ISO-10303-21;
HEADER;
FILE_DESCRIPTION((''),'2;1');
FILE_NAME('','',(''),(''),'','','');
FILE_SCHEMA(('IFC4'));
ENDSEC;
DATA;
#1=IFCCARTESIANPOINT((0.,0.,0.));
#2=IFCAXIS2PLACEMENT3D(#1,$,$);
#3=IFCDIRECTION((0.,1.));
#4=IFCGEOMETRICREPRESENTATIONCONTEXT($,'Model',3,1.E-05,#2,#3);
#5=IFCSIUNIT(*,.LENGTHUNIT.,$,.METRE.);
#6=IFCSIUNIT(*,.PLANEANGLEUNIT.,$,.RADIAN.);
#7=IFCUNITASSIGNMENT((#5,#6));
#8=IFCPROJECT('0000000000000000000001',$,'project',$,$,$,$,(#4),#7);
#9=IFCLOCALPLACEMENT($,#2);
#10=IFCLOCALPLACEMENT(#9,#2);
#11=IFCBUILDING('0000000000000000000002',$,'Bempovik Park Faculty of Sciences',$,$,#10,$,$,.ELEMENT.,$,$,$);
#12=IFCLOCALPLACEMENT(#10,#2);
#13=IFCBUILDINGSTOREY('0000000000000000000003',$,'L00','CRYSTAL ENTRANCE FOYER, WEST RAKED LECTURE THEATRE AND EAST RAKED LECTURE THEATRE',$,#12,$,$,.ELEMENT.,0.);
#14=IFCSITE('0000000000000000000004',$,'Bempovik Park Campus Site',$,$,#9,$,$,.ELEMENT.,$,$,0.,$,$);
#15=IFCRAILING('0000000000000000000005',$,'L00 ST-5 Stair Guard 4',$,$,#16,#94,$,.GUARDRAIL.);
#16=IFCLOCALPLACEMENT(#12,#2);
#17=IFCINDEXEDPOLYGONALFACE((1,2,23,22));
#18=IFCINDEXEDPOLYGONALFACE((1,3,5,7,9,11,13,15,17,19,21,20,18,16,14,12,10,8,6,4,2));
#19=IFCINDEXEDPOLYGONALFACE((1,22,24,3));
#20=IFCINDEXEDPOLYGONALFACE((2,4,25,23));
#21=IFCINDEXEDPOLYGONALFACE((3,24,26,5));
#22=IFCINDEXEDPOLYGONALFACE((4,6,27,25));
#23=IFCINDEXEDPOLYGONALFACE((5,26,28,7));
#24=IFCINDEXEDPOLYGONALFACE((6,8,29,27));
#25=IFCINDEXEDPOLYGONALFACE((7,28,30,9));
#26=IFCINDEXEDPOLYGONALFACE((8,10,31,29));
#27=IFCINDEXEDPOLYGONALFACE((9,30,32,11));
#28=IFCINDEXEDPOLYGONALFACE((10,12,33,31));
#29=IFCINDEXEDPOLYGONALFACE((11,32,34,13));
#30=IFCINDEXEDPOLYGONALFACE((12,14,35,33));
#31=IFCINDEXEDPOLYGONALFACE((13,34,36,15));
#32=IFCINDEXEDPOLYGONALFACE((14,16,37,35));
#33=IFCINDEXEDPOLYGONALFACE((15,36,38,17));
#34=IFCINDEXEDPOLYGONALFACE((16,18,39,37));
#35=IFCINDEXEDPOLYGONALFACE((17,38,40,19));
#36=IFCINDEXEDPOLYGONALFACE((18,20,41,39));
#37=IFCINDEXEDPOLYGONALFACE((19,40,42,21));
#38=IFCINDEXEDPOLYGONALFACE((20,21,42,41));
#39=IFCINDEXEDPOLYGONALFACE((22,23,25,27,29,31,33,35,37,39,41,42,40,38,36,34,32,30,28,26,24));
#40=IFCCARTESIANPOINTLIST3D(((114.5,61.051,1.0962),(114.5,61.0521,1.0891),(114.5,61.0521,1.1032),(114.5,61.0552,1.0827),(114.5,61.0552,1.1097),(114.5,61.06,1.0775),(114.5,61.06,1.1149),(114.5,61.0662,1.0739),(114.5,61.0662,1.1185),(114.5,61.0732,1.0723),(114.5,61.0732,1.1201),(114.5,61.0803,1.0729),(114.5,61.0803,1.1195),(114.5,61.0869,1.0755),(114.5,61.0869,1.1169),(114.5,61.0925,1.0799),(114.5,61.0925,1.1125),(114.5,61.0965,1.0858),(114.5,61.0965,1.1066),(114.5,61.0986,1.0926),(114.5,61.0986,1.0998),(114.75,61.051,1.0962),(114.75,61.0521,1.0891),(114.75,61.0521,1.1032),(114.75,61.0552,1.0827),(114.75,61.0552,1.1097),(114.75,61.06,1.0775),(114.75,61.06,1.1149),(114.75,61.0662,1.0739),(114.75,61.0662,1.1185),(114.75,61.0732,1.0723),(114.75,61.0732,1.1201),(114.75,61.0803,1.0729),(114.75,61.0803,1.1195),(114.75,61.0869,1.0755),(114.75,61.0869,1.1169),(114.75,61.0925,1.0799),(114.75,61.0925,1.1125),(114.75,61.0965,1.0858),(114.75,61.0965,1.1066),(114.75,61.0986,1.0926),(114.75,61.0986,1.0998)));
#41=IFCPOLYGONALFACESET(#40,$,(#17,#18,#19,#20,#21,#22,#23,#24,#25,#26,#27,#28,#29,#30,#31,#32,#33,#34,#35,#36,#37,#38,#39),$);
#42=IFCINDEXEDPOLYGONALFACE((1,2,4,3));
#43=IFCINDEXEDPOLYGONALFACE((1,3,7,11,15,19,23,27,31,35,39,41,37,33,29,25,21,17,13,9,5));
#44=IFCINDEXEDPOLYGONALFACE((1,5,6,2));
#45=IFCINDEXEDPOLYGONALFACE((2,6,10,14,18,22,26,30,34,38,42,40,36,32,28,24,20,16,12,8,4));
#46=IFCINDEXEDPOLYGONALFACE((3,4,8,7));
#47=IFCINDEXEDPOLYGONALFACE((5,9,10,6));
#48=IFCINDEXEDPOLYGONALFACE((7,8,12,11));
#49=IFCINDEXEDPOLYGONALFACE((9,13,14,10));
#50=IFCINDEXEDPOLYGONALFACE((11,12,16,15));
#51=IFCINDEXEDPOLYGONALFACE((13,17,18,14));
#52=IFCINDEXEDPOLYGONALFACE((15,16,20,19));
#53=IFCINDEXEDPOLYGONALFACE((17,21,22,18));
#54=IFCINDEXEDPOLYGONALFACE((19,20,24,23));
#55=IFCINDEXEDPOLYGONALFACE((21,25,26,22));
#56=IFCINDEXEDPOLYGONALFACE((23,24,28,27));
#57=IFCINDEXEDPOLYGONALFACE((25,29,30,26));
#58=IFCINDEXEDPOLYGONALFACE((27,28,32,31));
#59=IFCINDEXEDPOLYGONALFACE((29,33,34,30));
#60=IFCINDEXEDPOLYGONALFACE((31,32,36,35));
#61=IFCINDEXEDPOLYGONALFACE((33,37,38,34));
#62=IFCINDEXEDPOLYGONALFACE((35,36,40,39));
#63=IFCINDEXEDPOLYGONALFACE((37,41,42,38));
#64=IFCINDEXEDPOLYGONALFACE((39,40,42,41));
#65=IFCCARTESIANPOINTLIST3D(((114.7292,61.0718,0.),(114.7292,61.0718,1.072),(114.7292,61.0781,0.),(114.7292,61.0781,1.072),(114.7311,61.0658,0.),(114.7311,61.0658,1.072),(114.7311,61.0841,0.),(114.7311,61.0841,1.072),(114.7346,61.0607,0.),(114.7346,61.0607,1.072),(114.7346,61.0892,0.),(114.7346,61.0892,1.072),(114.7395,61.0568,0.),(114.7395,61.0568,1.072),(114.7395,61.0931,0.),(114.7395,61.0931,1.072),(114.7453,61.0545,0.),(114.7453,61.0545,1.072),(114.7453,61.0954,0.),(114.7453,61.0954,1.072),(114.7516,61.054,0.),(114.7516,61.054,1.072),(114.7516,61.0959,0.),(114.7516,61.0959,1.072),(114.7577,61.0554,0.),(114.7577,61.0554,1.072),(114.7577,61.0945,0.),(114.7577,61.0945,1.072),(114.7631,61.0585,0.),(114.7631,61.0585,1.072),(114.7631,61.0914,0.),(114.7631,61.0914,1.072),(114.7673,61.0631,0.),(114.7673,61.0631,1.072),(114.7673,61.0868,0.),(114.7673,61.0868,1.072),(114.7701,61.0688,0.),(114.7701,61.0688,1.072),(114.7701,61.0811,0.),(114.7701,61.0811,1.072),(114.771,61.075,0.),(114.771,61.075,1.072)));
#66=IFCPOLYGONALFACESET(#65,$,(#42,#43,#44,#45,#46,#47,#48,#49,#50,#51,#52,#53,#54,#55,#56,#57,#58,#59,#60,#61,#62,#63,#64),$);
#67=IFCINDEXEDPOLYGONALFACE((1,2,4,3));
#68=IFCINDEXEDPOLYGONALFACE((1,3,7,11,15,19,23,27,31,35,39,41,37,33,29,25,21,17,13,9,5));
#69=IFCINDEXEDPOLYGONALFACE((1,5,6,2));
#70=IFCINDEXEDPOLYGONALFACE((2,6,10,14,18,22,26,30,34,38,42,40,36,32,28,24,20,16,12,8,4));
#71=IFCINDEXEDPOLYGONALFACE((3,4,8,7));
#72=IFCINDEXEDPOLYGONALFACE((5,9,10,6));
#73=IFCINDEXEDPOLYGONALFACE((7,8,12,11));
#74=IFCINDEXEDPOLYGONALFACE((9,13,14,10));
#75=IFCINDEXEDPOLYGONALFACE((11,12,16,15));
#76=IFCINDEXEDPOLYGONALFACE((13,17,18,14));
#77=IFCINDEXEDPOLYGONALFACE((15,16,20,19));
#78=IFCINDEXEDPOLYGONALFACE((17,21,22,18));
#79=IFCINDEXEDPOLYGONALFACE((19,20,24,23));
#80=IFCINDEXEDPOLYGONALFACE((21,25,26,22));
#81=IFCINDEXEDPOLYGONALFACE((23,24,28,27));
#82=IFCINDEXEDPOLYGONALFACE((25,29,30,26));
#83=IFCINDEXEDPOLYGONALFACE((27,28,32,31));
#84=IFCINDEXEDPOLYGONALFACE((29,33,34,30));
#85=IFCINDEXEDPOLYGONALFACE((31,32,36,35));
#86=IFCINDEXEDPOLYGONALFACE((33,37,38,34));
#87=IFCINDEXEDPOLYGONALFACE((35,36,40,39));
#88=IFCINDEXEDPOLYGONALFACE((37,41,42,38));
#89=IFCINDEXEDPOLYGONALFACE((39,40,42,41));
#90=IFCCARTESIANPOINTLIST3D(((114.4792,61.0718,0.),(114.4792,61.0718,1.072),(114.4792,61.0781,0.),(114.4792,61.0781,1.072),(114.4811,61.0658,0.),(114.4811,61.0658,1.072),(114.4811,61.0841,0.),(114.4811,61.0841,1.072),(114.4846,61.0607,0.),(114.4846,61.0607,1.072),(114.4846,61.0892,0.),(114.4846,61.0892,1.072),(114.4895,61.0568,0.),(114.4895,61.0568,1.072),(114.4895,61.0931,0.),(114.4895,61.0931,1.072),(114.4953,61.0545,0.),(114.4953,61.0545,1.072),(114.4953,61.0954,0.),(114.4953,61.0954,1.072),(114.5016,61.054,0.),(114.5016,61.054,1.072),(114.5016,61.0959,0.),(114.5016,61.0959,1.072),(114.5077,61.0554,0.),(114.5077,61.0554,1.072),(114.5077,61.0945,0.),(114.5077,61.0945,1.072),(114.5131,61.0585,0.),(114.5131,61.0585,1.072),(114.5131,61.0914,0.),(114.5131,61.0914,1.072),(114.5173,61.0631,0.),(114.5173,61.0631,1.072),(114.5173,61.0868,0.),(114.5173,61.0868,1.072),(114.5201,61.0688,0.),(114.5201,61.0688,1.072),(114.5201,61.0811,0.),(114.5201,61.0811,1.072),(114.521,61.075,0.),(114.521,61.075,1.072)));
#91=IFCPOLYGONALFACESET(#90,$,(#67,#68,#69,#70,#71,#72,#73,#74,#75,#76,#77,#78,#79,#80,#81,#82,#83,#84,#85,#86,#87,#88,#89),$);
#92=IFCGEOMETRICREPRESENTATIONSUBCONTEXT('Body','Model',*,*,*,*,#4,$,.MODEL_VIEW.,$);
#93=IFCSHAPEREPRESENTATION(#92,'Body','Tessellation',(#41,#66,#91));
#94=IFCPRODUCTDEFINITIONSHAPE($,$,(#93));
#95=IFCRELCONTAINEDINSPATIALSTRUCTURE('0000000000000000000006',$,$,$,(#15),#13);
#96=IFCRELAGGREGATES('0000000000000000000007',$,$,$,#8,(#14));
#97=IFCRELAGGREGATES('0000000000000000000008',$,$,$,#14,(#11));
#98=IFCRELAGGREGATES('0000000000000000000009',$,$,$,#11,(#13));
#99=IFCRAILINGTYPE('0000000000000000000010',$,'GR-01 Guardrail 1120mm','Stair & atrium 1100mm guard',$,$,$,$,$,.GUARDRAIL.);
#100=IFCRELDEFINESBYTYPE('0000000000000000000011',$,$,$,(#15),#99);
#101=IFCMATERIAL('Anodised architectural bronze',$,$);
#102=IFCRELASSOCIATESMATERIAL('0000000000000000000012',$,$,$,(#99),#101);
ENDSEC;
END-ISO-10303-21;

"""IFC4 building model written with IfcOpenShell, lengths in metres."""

from ifc_helpers import new_model, si_unit, direction, frame, origin, origin_2d, place, context, subcontext, project, spatial, circle, extrude, material, type_object, element, save


model = new_model("IFC4")

# Units and contexts
model_context = context("Model", 3, precision=1e-05, world=origin(), true_north=direction((0.0, 1.0)))
body_context = subcontext(model_context, "Body", "Model", "MODEL_VIEW")
ifc_project = project(units=[si_unit("LENGTHUNIT", "METRE"), si_unit("PLANEANGLEUNIT", "RADIAN")], contexts=[model_context])

# Site, building, storey
site_placement = place(None, origin())
site = spatial("IfcSite", under=ifc_project, at=site_placement, Name="Bempovik Park Campus Site", CompositionType="ELEMENT", RefElevation=0.0)
building_placement = place(site_placement, origin())
building = spatial("IfcBuilding", under=site, at=building_placement, Name="Bempovik Park Faculty of Sciences", CompositionType="ELEMENT")
storey_placement = place(building_placement, origin())
storey = spatial("IfcBuildingStorey", under=building, at=storey_placement, Name="L00", Description="CRYSTAL ENTRANCE FOYER, WEST RAKED LECTURE THEATRE AND EAST RAKED LECTURE THEATRE", CompositionType="ELEMENT", Elevation=0.0)

# Railing
ifc_material_1 = material(Name="Anodised architectural bronze")
railing_type = type_object("IfcRailingType", Name="GR-01 Guardrail 1120mm", Description="Stair & atrium 1100mm guard", PredefinedType="GUARDRAIL", material=ifc_material_1)
railing_1_placement = place(storey_placement, frame((114.75, 61.075, 0.0)))
element("IfcRailing", 1, at=railing_1_placement, inside=storey, type_object=railing_type, Name="L00 ST-5 Stair Guard 4", PredefinedType="GUARDRAIL", context=body_context, shape_type="SweptSolid", body=[
    extrude(circle(Radius=0.0239, at=origin_2d()), frame((0.0, 0.0, 1.0962), z_axis=(-1.0, 0.0, 0.0), x_axis=(0.0, -1.0, 0.0)), (0.0, 0.0, 1.0), 0.25),
    extrude(circle(Radius=0.021, at=origin_2d()), origin(), (0.0, 0.0, 1.0), 1.072),
    extrude(circle(Radius=0.021, at=origin_2d()), frame((-0.25, 0.0, 0.0)), (0.0, 0.0, 1.0), 1.072),
])

save(model, "model.ifc")
